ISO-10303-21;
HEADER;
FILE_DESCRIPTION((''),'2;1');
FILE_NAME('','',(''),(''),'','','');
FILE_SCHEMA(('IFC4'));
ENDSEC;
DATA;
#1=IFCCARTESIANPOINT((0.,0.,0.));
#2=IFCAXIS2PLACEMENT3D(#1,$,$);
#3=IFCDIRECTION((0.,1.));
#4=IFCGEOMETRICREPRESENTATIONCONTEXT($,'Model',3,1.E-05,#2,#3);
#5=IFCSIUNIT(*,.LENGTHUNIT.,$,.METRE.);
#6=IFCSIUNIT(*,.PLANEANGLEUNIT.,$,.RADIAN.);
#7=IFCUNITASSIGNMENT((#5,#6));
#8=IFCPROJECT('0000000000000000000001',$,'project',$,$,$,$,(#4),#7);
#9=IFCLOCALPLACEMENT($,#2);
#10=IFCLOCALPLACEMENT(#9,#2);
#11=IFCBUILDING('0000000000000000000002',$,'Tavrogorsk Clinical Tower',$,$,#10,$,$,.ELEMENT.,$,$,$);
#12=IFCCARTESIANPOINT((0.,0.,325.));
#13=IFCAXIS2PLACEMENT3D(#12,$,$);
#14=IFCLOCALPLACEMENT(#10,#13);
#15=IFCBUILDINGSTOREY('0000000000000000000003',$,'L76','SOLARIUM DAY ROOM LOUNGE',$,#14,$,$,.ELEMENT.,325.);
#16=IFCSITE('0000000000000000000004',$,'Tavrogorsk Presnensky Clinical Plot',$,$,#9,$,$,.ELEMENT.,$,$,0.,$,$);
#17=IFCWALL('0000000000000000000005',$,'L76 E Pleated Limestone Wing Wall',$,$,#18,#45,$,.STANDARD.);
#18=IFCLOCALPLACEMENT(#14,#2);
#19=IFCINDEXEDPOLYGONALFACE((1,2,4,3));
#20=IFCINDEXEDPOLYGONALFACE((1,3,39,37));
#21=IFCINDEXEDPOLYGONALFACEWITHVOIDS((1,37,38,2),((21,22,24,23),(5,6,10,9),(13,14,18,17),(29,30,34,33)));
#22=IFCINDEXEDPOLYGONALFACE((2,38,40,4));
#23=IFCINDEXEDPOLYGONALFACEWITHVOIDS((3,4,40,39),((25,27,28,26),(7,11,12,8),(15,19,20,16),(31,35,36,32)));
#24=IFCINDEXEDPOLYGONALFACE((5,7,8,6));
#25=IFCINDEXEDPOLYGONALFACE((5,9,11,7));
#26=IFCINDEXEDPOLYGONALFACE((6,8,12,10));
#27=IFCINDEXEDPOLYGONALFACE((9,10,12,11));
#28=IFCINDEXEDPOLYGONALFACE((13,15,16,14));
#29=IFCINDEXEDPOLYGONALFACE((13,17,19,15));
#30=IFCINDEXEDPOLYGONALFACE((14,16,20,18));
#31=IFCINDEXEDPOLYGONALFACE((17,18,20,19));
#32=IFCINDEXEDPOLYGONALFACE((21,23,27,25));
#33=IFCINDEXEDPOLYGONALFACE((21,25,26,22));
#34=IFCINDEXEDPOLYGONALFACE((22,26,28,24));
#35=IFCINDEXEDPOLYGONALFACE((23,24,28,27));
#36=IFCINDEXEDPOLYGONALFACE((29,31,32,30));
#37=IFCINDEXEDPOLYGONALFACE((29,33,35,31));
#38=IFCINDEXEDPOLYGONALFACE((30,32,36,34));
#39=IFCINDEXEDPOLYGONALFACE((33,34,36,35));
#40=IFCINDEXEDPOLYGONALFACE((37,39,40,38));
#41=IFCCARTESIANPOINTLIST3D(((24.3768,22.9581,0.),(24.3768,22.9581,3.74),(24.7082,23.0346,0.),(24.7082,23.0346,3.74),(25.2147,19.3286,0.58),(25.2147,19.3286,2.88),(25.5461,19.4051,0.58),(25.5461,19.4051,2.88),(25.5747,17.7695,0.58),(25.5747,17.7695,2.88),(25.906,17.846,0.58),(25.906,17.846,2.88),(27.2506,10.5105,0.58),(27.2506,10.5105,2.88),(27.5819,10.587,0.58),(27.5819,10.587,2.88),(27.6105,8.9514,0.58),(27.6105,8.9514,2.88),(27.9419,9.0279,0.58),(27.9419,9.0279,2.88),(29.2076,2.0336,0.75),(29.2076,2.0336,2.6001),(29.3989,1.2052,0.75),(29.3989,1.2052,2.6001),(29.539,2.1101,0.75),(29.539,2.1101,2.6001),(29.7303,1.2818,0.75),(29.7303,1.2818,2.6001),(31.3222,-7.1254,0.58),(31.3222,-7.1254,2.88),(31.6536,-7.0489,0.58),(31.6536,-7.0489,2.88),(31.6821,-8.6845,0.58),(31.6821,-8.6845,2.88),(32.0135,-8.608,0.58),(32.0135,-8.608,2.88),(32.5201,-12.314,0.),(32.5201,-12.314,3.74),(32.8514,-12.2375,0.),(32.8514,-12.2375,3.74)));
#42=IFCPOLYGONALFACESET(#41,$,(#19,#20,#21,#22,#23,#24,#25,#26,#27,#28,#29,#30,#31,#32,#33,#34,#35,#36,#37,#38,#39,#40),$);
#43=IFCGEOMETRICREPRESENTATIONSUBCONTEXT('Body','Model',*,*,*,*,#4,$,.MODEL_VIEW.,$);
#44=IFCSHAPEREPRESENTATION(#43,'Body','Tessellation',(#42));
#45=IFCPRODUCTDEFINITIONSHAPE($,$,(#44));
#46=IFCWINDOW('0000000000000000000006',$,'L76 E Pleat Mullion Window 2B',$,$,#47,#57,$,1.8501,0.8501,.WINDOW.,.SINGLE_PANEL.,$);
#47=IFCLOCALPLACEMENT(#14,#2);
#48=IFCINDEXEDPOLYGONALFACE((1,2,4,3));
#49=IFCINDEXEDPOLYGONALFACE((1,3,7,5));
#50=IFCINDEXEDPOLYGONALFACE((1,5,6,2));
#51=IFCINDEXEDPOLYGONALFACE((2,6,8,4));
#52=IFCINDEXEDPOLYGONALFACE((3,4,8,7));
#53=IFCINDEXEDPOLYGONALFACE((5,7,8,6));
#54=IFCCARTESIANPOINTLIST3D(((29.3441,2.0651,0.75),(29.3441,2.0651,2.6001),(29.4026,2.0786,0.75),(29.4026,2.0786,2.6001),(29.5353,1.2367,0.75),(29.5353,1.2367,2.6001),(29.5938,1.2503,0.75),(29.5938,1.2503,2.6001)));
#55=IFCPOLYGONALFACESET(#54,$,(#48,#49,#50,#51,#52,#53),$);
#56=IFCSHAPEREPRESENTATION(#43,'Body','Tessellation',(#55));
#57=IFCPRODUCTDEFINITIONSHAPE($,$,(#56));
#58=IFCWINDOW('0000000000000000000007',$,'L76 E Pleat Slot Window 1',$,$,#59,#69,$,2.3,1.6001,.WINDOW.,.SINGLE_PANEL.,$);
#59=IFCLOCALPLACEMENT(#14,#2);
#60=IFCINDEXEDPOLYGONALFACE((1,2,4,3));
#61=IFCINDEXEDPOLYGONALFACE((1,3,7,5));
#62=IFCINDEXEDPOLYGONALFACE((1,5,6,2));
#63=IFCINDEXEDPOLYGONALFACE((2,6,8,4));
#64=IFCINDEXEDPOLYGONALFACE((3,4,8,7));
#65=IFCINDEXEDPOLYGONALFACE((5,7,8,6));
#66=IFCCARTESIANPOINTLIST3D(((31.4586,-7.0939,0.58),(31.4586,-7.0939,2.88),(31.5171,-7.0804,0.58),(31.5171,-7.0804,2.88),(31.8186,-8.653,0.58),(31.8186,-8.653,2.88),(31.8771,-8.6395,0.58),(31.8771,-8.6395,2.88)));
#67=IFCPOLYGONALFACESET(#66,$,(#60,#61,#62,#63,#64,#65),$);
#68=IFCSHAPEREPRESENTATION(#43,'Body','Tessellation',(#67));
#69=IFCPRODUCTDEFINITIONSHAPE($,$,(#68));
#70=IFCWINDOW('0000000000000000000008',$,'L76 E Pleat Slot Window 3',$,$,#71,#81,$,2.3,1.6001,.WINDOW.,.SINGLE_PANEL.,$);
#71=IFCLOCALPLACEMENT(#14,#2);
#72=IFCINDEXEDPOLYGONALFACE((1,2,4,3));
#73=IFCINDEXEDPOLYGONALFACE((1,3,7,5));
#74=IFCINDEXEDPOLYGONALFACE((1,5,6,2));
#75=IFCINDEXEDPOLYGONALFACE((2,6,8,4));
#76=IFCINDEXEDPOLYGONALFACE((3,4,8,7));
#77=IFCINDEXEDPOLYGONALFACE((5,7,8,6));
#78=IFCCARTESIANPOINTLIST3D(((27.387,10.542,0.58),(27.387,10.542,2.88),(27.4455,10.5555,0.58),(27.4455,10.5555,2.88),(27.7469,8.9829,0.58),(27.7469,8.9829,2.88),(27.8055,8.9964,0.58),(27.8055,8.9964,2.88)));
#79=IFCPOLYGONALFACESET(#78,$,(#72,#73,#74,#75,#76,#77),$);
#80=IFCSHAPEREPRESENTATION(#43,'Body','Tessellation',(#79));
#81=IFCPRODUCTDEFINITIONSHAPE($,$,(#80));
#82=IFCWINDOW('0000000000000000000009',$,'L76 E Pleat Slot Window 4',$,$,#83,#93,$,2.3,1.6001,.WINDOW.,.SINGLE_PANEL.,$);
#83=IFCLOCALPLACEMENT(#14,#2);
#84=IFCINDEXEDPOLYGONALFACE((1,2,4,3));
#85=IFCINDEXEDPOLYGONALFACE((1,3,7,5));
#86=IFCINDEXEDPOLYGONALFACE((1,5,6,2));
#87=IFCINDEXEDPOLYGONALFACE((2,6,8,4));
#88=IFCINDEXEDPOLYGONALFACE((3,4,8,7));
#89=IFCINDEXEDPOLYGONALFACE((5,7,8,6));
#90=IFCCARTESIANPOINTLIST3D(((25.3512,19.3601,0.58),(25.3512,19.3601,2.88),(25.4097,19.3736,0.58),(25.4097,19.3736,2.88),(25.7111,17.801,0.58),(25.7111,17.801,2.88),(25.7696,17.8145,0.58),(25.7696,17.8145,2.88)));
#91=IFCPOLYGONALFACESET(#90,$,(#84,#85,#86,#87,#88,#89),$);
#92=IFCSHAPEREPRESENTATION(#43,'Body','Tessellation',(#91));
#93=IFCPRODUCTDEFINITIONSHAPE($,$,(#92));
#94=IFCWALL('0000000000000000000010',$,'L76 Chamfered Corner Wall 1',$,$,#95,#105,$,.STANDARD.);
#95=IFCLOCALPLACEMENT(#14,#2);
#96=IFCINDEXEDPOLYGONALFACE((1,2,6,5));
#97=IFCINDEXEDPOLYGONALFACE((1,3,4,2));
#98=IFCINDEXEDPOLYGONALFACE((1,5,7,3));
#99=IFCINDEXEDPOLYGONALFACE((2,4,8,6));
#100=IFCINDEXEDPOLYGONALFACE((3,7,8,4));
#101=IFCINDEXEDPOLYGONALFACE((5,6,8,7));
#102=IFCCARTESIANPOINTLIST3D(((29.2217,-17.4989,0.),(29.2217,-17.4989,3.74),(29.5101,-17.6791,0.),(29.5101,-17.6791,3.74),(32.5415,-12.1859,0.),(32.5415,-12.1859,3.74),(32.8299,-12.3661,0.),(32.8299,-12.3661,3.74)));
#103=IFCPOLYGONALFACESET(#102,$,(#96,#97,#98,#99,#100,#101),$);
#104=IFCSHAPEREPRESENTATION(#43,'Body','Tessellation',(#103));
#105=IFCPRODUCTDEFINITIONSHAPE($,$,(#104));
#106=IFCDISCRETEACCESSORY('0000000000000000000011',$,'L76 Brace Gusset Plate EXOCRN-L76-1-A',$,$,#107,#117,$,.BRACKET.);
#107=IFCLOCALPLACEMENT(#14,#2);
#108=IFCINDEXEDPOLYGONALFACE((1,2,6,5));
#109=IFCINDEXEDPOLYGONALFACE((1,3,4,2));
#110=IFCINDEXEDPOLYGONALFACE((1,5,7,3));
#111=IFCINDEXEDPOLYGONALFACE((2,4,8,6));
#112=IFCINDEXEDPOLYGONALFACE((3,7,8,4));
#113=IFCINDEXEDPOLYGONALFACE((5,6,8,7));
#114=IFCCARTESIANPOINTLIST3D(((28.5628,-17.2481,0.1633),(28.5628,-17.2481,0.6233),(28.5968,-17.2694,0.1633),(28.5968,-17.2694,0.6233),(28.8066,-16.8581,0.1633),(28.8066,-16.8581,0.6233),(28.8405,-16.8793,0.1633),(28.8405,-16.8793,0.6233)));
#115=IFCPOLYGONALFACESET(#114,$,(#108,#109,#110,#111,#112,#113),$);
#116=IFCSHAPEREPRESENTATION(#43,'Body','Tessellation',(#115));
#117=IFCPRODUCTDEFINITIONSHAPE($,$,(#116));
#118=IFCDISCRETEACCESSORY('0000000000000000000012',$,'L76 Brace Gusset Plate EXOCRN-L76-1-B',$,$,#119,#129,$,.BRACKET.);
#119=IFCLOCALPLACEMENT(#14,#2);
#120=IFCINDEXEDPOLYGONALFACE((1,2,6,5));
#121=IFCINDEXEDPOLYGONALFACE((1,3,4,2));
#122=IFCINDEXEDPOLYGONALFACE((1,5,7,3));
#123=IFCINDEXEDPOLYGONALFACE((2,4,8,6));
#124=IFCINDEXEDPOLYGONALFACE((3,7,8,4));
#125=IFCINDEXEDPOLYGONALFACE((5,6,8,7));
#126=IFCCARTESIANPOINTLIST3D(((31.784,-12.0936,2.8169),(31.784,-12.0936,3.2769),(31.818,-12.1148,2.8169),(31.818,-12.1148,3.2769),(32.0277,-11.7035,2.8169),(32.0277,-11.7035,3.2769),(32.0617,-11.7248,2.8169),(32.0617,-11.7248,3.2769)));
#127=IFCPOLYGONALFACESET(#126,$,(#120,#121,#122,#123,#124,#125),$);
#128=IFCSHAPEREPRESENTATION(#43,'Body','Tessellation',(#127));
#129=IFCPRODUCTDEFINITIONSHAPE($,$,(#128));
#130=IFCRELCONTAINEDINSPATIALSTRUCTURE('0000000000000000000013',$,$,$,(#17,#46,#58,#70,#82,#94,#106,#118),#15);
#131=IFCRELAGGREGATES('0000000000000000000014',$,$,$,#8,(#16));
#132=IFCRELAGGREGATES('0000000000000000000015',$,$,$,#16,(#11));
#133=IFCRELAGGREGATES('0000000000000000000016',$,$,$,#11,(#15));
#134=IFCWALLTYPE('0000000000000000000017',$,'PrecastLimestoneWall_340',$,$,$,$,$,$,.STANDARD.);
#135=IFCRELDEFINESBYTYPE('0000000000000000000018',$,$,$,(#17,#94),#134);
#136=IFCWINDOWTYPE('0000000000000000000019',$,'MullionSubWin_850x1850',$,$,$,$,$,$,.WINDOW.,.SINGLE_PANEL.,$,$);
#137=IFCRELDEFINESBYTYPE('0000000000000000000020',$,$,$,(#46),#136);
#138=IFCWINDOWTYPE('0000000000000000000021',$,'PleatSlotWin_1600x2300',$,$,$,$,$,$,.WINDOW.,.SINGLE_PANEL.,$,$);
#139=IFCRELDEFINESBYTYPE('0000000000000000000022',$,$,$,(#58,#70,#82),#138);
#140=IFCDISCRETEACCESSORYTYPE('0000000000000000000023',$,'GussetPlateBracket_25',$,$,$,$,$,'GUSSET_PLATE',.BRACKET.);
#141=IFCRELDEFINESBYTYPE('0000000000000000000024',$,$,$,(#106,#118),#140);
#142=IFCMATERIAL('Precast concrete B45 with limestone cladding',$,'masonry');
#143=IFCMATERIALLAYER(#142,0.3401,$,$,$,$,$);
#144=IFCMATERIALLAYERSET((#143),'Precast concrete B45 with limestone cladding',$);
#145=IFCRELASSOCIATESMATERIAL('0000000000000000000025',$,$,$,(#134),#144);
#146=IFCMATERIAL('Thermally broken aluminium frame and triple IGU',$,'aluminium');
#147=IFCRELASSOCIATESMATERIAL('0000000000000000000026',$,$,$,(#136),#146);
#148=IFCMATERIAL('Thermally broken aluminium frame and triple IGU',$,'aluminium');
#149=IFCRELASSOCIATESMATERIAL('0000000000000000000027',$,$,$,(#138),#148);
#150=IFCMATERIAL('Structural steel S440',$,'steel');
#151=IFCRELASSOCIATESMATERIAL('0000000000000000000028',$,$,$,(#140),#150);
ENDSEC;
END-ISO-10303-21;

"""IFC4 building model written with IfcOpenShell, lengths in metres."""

from ifc_helpers import new_model, si_unit, direction, frame, frame_2d, origin, origin_2d, place, context, subcontext, project, spatial, rectangle, extrude, material, layer, layer_set, type_object, element, fill, save


model = new_model("IFC4")

# Units and contexts
model_context = context("Model", 3, precision=1e-05, world=origin(), true_north=direction((0.0, 1.0)))
body_context = subcontext(model_context, "Body", "Model", "MODEL_VIEW")
ifc_project = project(units=[si_unit("LENGTHUNIT", "METRE"), si_unit("PLANEANGLEUNIT", "RADIAN")], contexts=[model_context])

# Site, building, storey
site_placement = place(None, origin())
site = spatial("IfcSite", under=ifc_project, at=site_placement, Name="Tavrogorsk Presnensky Clinical Plot", CompositionType="ELEMENT", RefElevation=0.0)
building_placement = place(site_placement, origin())
building = spatial("IfcBuilding", under=site, at=building_placement, Name="Tavrogorsk Clinical Tower", CompositionType="ELEMENT")
storey_placement = place(building_placement, frame((0.0, 0.0, 325.0)))
storey = spatial("IfcBuildingStorey", under=building, at=storey_placement, Name="L76", Description="SOLARIUM DAY ROOM LOUNGE", CompositionType="ELEMENT", Elevation=325.0)

# Wall, openings, windows
ifc_material_1 = material(Name="Precast concrete B45 with limestone cladding", Category="masonry")
ifc_layer_1 = layer(ifc_material_1, 0.3401)
ifc_layer_set_1 = layer_set([ifc_layer_1], Name="Precast concrete B45 with limestone cladding")
wall_type_1 = type_object("IfcWallType", Name="PrecastLimestoneWall_340", PredefinedType="STANDARD", material=ifc_layer_set_1)
wall_1_placement = place(storey_placement, frame((32.6858, -12.2759, 0.0), z_axis=(0.0, 0.0, 1.0), x_axis=(-0.224953, 0.97437, 0.0)))
wall_1 = element("IfcWall", 1, at=wall_1_placement, inside=storey, type_object=wall_type_1, Name="L76 E Pleated Limestone Wing Wall", PredefinedType="STANDARD", context=body_context, shape_type="SweptSolid", body=[
    extrude(rectangle(XDim=36.2, YDim=0.3401, at=frame_2d((18.1001, 0.0))), origin(), (0.0, 0.0, 1.0), 3.74),
])
opening_1_placement = place(wall_1_placement, frame((3.7251, 0.0, 0.5801)))
opening_1 = element("IfcOpeningElement", 2, at=opening_1_placement, cuts=wall_1, PredefinedType="OPENING", context=body_context, shape_type="SweptSolid", body=[
    extrude(rectangle(XDim=1.6001, YDim=2.3, at=frame_2d((0.8, 1.1499))), frame((0.0, 0.1799, 0.0), z_axis=(0.0, -1.0, 0.0), x_axis=(1.0, 0.0, 0.0)), (0.0, 0.0, 1.0), 0.3601),
])
opening_2_placement = place(wall_1_placement, frame((13.875, 0.0, 0.75)))
opening_2 = element("IfcOpeningElement", 3, at=opening_2_placement, cuts=wall_1, PredefinedType="OPENING", context=body_context, shape_type="SweptSolid", body=[
    extrude(rectangle(XDim=0.8501, YDim=1.8501, at=frame_2d((0.425, 0.925))), frame((0.0, 0.1799, 0.0), z_axis=(0.0, -1.0, 0.0), x_axis=(1.0, 0.0, 0.0)), (0.0, 0.0, 1.0), 0.3601),
])
opening_3_placement = place(wall_1_placement, frame((21.825, 0.0, 0.5801)))
opening_3 = element("IfcOpeningElement", 4, at=opening_3_placement, cuts=wall_1, PredefinedType="OPENING", context=body_context, shape_type="SweptSolid", body=[
    extrude(rectangle(XDim=1.6001, YDim=2.3, at=frame_2d((0.8, 1.1499))), frame((0.0, 0.1799, 0.0), z_axis=(0.0, -1.0, 0.0), x_axis=(1.0, 0.0, 0.0)), (0.0, 0.0, 1.0), 0.3601),
])
opening_4_placement = place(wall_1_placement, frame((30.875, 0.0, 0.5801)))
opening_4 = element("IfcOpeningElement", 5, at=opening_4_placement, cuts=wall_1, PredefinedType="OPENING", context=body_context, shape_type="SweptSolid", body=[
    extrude(rectangle(XDim=1.6001, YDim=2.3, at=frame_2d((0.8, 1.1499))), frame((0.0, 0.1799, 0.0), z_axis=(0.0, -1.0, 0.0), x_axis=(1.0, 0.0, 0.0)), (0.0, 0.0, 1.0), 0.3601),
])
ifc_material_2 = material(Name="Thermally broken aluminium frame and triple IGU", Category="aluminium")
window_type_1 = type_object("IfcWindowType", Name="MullionSubWin_850x1850", PartitioningType="SINGLE_PANEL", PredefinedType="WINDOW", material=ifc_material_2)
window_1_placement = place(opening_2_placement, origin())
window_1 = element("IfcWindow", 6, at=window_1_placement, inside=storey, type_object=window_type_1, Name="L76 E Pleat Mullion Window 2B", OverallHeight=1.8501, OverallWidth=0.8501, PartitioningType="SINGLE_PANEL", PredefinedType="WINDOW", context=body_context, shape_type="SweptSolid", body=[
    extrude(rectangle(XDim=0.8501, YDim=1.8501, at=frame_2d((0.425, 0.925))), frame((0.0, 0.03, 0.0), z_axis=(0.0, -1.0, 0.0), x_axis=(1.0, 0.0, 0.0)), (0.0, 0.0, 1.0), 0.0601),
])
fill(opening_2, window_1)
ifc_material_3 = material(Name="Thermally broken aluminium frame and triple IGU", Category="aluminium")
window_type_2 = type_object("IfcWindowType", Name="PleatSlotWin_1600x2300", PartitioningType="SINGLE_PANEL", PredefinedType="WINDOW", material=ifc_material_3)
window_2_placement = place(opening_1_placement, origin())
window_2 = element("IfcWindow", 7, at=window_2_placement, inside=storey, type_object=window_type_2, Name="L76 E Pleat Slot Window 1", OverallHeight=2.3, OverallWidth=1.6001, PartitioningType="SINGLE_PANEL", PredefinedType="WINDOW", context=body_context, shape_type="SweptSolid", body=[
    extrude(rectangle(XDim=1.6001, YDim=2.3, at=frame_2d((0.8, 1.1499))), frame((0.0, 0.03, 0.0), z_axis=(0.0, -1.0, 0.0), x_axis=(1.0, 0.0, 0.0)), (0.0, 0.0, 1.0), 0.0601),
])
fill(opening_1, window_2)
window_3_placement = place(opening_3_placement, origin())
window_3 = element("IfcWindow", 8, at=window_3_placement, inside=storey, type_object=window_type_2, Name="L76 E Pleat Slot Window 3", OverallHeight=2.3, OverallWidth=1.6001, PartitioningType="SINGLE_PANEL", PredefinedType="WINDOW", context=body_context, shape_type="SweptSolid", body=[
    extrude(rectangle(XDim=1.6001, YDim=2.3, at=frame_2d((0.8, 1.1499))), frame((0.0, 0.03, 0.0), z_axis=(0.0, -1.0, 0.0), x_axis=(1.0, 0.0, 0.0)), (0.0, 0.0, 1.0), 0.0601),
])
fill(opening_3, window_3)
window_4_placement = place(opening_4_placement, origin())
window_4 = element("IfcWindow", 9, at=window_4_placement, inside=storey, type_object=window_type_2, Name="L76 E Pleat Slot Window 4", OverallHeight=2.3, OverallWidth=1.6001, PartitioningType="SINGLE_PANEL", PredefinedType="WINDOW", context=body_context, shape_type="SweptSolid", body=[
    extrude(rectangle(XDim=1.6001, YDim=2.3, at=frame_2d((0.8, 1.1499))), frame((0.0, 0.03, 0.0), z_axis=(0.0, -1.0, 0.0), x_axis=(1.0, 0.0, 0.0)), (0.0, 0.0, 1.0), 0.0601),
])
fill(opening_4, window_4)

# Wall
wall_2_placement = place(storey_placement, frame((29.366, -17.5889, 0.0), z_axis=(0.0, 0.0, 1.0), x_axis=(0.529908, 0.848055, 0.0)))
element("IfcWall", 10, at=wall_2_placement, inside=storey, type_object=wall_type_1, Name="L76 Chamfered Corner Wall 1", PredefinedType="STANDARD", context=body_context, shape_type="SweptSolid", body=[
    extrude(rectangle(XDim=6.2649, YDim=0.3401, at=frame_2d((3.1323, 0.0))), origin(), (0.0, 0.0, 1.0), 3.74),
])

# Discrete accessories
ifc_material_4 = material(Name="Structural steel S440", Category="steel")
discrete_accessory_type = type_object("IfcDiscreteAccessoryType", Name="GussetPlateBracket_25", ElementType="GUSSET_PLATE", PredefinedType="BRACKET", material=ifc_material_4)
for number, where, z_axis, x_axis, name in (
    (11, (28.7017, -17.0637, 0.1633), (0.0, 0.0, 1.0), (0.529919, 0.848048, 0.0), "L76 Brace Gusset Plate EXOCRN-L76-1-A"),
    (12, (31.9229, -11.9092, 2.8169), (0.0, 0.0, 1.0), (0.529919, 0.848048, 0.0), "L76 Brace Gusset Plate EXOCRN-L76-1-B"),
):
    element("IfcDiscreteAccessory", number, at=place(storey_placement, frame(where, z_axis=z_axis, x_axis=x_axis)), inside=storey, type_object=discrete_accessory_type, Name=name, PredefinedType="BRACKET", context=body_context, shape_type="SweptSolid", body=[
        extrude(rectangle(XDim=0.46, YDim=0.04, at=origin_2d()), origin(), (0.0, 0.0, 1.0), 0.46),
    ])

save(model, "model.ifc")
